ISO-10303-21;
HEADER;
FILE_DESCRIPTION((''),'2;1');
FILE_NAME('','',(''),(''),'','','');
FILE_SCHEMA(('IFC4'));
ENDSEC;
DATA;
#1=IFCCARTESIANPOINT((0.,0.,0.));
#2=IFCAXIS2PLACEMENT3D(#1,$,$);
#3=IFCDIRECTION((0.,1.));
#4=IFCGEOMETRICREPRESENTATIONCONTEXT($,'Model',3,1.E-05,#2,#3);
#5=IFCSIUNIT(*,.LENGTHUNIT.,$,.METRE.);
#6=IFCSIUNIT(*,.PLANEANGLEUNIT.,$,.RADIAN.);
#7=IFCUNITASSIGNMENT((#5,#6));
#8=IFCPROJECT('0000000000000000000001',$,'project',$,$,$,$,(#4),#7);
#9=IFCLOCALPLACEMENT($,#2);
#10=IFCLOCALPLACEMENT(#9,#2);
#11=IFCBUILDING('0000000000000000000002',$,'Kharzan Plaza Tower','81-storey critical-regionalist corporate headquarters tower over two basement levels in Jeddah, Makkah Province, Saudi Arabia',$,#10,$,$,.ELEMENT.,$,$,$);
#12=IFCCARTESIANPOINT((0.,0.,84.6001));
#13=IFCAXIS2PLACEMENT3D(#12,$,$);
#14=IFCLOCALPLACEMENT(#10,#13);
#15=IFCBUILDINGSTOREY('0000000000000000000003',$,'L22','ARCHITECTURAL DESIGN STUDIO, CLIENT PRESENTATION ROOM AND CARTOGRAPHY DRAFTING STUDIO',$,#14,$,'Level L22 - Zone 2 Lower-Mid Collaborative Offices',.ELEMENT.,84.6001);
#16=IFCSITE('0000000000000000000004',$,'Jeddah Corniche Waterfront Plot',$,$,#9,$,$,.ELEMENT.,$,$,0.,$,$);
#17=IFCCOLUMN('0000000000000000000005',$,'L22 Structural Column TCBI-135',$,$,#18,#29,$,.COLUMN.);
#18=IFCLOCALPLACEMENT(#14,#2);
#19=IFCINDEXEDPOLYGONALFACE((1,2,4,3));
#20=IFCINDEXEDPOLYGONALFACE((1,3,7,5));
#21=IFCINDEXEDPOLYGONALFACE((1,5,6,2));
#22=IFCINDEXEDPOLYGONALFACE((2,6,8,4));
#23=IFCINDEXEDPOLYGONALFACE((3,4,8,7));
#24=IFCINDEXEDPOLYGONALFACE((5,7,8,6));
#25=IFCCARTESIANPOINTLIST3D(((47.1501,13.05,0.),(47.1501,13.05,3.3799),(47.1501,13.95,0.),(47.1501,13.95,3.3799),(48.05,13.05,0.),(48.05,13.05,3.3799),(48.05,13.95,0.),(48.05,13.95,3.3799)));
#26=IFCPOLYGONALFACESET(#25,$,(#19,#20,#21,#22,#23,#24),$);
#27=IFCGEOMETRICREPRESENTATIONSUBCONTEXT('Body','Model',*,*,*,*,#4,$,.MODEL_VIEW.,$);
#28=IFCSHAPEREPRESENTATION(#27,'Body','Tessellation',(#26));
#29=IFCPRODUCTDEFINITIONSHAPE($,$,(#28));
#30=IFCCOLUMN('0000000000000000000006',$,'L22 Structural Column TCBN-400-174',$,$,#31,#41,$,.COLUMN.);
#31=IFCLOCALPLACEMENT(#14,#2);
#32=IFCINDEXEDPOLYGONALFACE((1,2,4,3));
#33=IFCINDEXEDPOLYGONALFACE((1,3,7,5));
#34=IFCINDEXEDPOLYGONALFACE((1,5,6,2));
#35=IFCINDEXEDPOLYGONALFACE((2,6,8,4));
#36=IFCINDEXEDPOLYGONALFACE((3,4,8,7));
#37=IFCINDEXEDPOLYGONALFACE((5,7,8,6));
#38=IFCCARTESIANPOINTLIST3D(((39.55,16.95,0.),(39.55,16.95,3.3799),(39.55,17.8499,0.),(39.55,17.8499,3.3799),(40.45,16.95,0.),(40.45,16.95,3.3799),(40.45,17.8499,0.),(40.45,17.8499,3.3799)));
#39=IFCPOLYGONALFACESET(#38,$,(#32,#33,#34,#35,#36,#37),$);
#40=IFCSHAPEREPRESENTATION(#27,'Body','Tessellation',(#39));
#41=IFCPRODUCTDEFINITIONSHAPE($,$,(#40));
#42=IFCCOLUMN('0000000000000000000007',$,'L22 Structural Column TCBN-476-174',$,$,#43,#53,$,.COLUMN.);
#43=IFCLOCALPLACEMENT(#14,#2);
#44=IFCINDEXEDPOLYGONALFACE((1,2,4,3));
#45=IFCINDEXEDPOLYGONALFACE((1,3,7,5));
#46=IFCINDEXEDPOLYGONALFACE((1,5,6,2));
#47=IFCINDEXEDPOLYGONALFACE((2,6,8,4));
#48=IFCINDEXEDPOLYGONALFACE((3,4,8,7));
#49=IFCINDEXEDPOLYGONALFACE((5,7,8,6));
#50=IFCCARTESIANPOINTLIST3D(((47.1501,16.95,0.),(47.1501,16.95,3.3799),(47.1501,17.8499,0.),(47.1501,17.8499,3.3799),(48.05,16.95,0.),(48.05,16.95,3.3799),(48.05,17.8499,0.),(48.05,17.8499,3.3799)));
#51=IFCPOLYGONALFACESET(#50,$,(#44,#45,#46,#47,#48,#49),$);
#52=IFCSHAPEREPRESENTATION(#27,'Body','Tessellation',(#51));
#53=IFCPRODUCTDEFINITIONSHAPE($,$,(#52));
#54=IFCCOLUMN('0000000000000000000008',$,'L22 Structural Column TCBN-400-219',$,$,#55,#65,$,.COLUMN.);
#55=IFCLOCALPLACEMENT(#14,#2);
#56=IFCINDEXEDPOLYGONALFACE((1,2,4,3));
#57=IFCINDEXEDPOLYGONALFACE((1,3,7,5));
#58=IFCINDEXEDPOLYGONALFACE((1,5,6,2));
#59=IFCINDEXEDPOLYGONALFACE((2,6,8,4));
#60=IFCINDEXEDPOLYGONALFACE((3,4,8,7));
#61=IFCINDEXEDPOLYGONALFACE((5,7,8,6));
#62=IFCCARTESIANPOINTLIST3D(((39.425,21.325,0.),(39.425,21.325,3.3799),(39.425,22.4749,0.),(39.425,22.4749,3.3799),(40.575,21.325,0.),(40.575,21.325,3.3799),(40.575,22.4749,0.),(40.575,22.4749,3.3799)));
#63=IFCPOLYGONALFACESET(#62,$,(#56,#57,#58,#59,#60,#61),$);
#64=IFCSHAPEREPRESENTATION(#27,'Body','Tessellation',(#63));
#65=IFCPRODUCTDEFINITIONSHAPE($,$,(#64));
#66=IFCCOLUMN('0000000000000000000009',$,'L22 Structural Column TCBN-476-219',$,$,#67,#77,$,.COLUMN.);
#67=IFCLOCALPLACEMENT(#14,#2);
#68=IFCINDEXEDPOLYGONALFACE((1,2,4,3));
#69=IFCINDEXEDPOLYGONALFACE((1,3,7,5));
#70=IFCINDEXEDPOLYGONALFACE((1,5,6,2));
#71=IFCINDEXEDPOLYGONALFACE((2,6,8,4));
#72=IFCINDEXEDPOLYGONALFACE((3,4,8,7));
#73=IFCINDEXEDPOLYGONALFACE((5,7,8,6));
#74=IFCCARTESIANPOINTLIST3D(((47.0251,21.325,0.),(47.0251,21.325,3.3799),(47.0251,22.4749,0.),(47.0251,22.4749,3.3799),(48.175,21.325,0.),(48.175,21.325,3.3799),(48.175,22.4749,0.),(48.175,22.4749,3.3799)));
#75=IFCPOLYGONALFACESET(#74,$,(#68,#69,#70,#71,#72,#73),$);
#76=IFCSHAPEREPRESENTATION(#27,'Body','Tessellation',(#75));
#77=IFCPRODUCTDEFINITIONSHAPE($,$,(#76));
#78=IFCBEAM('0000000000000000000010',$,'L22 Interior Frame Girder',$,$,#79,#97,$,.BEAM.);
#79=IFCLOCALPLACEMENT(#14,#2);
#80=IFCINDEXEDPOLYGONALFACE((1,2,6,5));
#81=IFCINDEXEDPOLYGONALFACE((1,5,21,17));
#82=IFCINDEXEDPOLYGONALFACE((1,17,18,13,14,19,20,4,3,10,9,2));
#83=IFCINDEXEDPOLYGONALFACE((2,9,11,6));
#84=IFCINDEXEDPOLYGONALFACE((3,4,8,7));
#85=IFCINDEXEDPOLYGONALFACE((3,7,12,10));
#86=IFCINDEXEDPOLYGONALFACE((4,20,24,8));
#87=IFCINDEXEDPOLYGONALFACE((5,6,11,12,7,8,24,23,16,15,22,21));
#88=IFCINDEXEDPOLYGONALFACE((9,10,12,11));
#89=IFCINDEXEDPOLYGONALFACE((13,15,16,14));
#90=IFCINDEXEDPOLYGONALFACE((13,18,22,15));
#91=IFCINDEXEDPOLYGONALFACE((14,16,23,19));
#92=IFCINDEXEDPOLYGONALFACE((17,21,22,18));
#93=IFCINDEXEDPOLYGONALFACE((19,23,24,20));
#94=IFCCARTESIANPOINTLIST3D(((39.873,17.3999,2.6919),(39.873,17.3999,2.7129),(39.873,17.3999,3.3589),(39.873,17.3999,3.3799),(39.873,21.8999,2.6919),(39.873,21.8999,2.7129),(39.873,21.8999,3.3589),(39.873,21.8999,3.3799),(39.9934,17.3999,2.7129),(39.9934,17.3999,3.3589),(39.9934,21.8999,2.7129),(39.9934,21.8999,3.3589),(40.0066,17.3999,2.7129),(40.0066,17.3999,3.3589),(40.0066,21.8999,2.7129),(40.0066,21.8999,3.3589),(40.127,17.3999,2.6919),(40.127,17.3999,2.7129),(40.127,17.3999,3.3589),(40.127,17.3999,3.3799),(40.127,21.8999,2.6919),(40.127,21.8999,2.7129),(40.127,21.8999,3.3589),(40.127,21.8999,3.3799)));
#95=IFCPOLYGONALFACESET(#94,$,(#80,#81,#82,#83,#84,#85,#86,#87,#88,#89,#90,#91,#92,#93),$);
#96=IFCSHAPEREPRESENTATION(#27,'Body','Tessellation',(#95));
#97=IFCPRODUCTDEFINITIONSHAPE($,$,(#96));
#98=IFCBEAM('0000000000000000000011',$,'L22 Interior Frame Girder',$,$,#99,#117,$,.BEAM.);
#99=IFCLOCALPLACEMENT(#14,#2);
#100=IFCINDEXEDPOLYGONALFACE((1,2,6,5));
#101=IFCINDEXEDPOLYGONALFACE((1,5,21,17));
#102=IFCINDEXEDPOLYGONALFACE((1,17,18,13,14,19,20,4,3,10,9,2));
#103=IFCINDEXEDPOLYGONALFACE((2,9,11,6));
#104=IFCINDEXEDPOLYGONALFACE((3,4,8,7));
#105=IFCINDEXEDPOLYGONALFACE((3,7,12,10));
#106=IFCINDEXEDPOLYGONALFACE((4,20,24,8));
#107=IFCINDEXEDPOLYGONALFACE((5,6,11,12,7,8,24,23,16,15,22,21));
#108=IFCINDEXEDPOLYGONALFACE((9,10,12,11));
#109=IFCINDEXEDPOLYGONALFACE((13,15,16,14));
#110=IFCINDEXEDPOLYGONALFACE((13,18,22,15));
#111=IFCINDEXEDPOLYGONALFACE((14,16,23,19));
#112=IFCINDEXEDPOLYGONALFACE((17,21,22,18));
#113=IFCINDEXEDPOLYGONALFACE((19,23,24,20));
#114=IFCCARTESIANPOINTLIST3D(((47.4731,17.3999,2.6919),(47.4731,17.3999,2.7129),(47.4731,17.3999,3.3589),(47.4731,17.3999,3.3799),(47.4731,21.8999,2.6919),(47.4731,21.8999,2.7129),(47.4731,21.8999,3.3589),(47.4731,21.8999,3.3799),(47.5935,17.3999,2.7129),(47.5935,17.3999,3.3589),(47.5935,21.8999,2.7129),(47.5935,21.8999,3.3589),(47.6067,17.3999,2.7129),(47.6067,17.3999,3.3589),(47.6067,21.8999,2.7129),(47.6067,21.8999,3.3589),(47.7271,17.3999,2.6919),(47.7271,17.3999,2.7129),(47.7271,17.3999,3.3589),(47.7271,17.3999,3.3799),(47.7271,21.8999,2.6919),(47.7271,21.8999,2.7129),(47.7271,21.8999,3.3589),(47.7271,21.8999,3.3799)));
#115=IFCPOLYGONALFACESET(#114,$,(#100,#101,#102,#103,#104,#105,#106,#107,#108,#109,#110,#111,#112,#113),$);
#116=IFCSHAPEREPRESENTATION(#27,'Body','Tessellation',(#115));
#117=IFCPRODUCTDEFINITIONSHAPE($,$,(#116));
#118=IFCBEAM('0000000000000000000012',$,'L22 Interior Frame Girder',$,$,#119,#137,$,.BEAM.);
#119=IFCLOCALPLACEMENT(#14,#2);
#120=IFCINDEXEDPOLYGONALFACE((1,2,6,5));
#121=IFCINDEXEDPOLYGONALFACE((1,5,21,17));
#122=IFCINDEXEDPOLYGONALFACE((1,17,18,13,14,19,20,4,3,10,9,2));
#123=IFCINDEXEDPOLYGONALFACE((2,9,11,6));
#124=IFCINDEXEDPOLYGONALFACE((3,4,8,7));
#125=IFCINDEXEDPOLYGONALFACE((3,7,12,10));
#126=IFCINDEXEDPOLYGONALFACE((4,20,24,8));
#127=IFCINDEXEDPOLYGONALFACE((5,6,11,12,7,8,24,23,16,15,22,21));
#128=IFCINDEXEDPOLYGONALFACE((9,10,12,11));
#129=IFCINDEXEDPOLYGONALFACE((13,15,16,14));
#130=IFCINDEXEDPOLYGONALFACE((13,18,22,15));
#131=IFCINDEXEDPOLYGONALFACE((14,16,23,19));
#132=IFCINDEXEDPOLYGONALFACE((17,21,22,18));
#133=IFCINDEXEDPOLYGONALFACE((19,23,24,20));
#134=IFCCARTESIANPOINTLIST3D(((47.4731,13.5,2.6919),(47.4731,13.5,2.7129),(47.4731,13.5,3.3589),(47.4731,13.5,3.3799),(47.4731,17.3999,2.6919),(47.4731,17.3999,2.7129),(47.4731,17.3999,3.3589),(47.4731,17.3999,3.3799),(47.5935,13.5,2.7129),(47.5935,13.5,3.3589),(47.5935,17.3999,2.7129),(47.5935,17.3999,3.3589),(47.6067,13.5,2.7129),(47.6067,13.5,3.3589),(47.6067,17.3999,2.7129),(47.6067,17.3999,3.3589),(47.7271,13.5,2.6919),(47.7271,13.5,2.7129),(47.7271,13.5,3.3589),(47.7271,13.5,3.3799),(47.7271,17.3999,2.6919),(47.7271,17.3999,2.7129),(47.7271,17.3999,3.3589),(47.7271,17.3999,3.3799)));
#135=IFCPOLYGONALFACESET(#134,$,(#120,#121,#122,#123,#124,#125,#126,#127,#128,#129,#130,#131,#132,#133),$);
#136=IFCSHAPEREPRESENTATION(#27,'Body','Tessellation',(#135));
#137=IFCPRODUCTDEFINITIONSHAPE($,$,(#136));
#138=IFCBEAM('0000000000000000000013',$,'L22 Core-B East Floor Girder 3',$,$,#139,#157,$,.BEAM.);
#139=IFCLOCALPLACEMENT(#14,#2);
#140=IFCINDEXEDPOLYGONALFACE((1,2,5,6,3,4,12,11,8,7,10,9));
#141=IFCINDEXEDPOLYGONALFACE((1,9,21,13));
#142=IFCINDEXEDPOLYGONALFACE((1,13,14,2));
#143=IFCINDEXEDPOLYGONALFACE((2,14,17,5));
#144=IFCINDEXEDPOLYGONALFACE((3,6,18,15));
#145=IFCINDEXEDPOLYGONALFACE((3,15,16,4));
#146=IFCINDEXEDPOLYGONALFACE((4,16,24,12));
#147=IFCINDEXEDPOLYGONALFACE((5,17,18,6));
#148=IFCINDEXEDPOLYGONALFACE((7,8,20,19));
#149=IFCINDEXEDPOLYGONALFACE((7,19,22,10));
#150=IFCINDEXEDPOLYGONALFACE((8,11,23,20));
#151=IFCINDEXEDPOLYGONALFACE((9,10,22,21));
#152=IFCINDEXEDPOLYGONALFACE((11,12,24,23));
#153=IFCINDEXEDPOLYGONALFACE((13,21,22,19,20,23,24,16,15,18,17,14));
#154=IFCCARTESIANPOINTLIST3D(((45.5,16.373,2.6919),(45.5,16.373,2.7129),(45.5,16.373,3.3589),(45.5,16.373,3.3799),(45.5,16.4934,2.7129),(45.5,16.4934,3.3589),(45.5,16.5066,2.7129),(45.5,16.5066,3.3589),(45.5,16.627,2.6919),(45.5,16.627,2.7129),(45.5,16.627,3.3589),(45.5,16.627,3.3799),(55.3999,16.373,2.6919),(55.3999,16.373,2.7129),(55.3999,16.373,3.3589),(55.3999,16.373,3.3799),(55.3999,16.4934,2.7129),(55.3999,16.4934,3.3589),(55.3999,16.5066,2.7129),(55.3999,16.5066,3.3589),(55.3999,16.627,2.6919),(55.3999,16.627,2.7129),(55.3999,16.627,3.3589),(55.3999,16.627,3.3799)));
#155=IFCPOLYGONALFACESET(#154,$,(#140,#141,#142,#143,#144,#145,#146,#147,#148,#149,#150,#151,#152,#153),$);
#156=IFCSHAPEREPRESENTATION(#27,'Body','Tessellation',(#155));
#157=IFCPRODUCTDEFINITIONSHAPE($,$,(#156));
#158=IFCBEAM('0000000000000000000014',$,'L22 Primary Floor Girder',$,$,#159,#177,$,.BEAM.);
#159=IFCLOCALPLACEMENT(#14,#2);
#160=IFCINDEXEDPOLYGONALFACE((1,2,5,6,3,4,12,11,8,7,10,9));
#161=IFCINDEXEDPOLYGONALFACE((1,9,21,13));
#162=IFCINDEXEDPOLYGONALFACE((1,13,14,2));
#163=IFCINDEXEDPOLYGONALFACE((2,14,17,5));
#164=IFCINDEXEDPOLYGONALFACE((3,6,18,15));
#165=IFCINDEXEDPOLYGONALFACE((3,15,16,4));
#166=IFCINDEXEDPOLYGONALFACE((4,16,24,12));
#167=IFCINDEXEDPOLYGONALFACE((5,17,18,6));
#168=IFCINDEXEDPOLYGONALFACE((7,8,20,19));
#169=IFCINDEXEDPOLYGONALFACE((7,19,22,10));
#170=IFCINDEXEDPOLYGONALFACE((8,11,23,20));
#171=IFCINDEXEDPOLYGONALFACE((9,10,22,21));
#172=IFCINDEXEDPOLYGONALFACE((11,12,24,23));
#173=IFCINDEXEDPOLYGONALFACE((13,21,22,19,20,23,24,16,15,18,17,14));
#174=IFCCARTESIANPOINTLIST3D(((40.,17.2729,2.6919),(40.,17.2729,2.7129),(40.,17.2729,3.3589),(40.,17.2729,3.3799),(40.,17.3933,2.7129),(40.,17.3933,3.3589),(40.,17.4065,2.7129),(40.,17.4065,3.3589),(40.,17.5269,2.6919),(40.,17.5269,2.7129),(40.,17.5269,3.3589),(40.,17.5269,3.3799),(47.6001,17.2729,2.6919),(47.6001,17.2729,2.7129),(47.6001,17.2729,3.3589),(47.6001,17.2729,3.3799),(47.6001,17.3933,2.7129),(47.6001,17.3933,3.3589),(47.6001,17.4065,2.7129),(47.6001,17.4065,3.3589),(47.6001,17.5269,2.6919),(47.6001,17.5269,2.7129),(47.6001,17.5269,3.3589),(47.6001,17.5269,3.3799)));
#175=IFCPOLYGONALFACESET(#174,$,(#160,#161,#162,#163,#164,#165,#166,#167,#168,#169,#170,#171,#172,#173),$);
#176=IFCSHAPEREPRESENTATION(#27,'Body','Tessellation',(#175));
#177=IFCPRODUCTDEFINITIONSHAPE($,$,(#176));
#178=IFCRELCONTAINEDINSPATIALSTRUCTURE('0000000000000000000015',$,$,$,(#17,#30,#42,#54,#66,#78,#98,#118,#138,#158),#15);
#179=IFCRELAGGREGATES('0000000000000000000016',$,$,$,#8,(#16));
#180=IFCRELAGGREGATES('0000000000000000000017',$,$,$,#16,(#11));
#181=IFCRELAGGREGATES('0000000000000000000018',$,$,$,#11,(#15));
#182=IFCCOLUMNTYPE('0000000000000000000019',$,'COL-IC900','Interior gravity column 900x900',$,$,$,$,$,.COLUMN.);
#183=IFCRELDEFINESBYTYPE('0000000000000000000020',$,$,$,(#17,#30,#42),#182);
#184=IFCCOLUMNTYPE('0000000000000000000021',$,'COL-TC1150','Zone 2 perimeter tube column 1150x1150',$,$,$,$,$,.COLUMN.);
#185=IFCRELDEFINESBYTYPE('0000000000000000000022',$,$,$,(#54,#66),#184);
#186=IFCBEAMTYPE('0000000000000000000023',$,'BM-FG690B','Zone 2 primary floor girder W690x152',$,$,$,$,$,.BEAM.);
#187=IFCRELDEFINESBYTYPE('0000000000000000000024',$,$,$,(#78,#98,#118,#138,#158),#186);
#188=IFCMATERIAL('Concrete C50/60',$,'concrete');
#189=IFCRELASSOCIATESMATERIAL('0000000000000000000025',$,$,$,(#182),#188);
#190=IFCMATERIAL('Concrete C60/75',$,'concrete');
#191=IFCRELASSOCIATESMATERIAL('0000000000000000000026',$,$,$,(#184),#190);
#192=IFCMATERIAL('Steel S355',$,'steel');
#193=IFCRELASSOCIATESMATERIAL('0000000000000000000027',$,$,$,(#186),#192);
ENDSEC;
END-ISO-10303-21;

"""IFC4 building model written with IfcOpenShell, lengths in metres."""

from ifc_helpers import new_model, si_unit, direction, frame, origin, origin_2d, place, context, subcontext, project, spatial, rectangle, i_section, extrude, source, transform, mapped, material, material_profile, profile_set, type_object, element, save


model = new_model("IFC4")

# Units and contexts
model_context = context("Model", 3, precision=1e-05, world=origin(), true_north=direction((0.0, 1.0)))
body_context = subcontext(model_context, "Body", "Model", "MODEL_VIEW")
ifc_project = project(units=[si_unit("LENGTHUNIT", "METRE"), si_unit("PLANEANGLEUNIT", "RADIAN")], contexts=[model_context])

# Site, building, storey
site_placement = place(None, origin())
site = spatial("IfcSite", under=ifc_project, at=site_placement, Name="Jeddah Corniche Waterfront Plot", CompositionType="ELEMENT", RefElevation=0.0)
building_placement = place(site_placement, origin())
building = spatial("IfcBuilding", under=site, at=building_placement, Name="Kharzan Plaza Tower", Description="81-storey critical-regionalist corporate headquarters tower over two basement levels in Jeddah, Makkah Province, Saudi Arabia", CompositionType="ELEMENT")
storey_placement = place(building_placement, frame((0.0, 0.0, 84.6001)))
storey = spatial("IfcBuildingStorey", under=building, at=storey_placement, Name="L22", Description="ARCHITECTURAL DESIGN STUDIO, CLIENT PRESENTATION ROOM AND CARTOGRAPHY DRAFTING STUDIO", LongName="Level L22 - Zone 2 Lower-Mid Collaborative Offices", CompositionType="ELEMENT", Elevation=84.6001)

# Columns
ifc_material_1 = material(Name="Concrete C50/60", Category="concrete")
ifc_material_profile_1 = material_profile(ifc_material_1, rectangle(XDim=0.8999, YDim=0.8999, at=origin_2d()), Name="RC-IC900x900")
ifc_profile_set_1 = profile_set([ifc_material_profile_1], Name="Concrete C50/60")
column_type_1 = type_object("IfcColumnType", Name="COL-IC900", Description="Interior gravity column 900x900", PredefinedType="COLUMN", material=ifc_profile_set_1)
shared_shape_1 = source(origin(), body_context, "Body", "SweptSolid", [
    extrude(rectangle(XDim=0.8999, YDim=0.8999, at=origin_2d()), origin(), (0.0, 0.0, 1.0), 3.3799),
])
for number, where, z_axis, x_axis, name in (
    (1, (47.6001, 13.5, 0.0), (0.0, 0.0, 1.0), (1.0, 0.0, 0.0), "L22 Structural Column TCBI-135"),
    (2, (40.0, 17.3999, 0.0), (0.0, 0.0, 1.0), (1.0, 0.0, 0.0), "L22 Structural Column TCBN-400-174"),
    (3, (47.6001, 17.3999, 0.0), (0.0, 0.0, 1.0), (1.0, 0.0, 0.0), "L22 Structural Column TCBN-476-174"),
):
    element("IfcColumn", number, at=place(storey_placement, frame(where, z_axis=z_axis, x_axis=x_axis)), inside=storey, type_object=column_type_1, Name=name, PredefinedType="COLUMN", context=body_context, shape_type="MappedRepresentation", body=[
        mapped(shared_shape_1, transform((0.0, 0.0, 0.0), x_axis=(1.0, 0.0, 0.0), y_axis=(0.0, 1.0, 0.0), z_axis=(0.0, 0.0, 1.0))),
    ])
ifc_material_2 = material(Name="Concrete C60/75", Category="concrete")
ifc_material_profile_2 = material_profile(ifc_material_2, rectangle(XDim=1.1499, YDim=1.1499, at=origin_2d()), Name="RC-TC1150x1150")
ifc_profile_set_2 = profile_set([ifc_material_profile_2], Name="Concrete C60/75")
column_type_2 = type_object("IfcColumnType", Name="COL-TC1150", Description="Zone 2 perimeter tube column 1150x1150", PredefinedType="COLUMN", material=ifc_profile_set_2)
shared_shape_2 = source(origin(), body_context, "Body", "SweptSolid", [
    extrude(rectangle(XDim=1.1499, YDim=1.1499, at=origin_2d()), origin(), (0.0, 0.0, 1.0), 3.3799),
])
for number, where, z_axis, x_axis, name in (
    (4, (40.0, 21.8999, 0.0), (0.0, 0.0, 1.0), (1.0, 0.0, 0.0), "L22 Structural Column TCBN-400-219"),
    (5, (47.6001, 21.8999, 0.0), (0.0, 0.0, 1.0), (1.0, 0.0, 0.0), "L22 Structural Column TCBN-476-219"),
):
    element("IfcColumn", number, at=place(storey_placement, frame(where, z_axis=z_axis, x_axis=x_axis)), inside=storey, type_object=column_type_2, Name=name, PredefinedType="COLUMN", context=body_context, shape_type="MappedRepresentation", body=[
        mapped(shared_shape_2, transform((0.0, 0.0, 0.0), x_axis=(1.0, 0.0, 0.0), y_axis=(0.0, 1.0, 0.0), z_axis=(0.0, 0.0, 1.0))),
    ])

# Beams
ifc_material_3 = material(Name="Steel S355", Category="steel")
ifc_material_profile_3 = material_profile(ifc_material_3, i_section(OverallWidth=0.2539, OverallDepth=0.688, WebThickness=0.0132, FlangeThickness=0.021, at=origin_2d()), Name="W690x152")
ifc_profile_set_3 = profile_set([ifc_material_profile_3], Name="Steel S355")
beam_type_1 = type_object("IfcBeamType", Name="BM-FG690B", Description="Zone 2 primary floor girder W690x152", PredefinedType="BEAM", material=ifc_profile_set_3)
shared_shape_3 = source(origin(), body_context, "Body", "SweptSolid", [
    extrude(i_section(OverallWidth=0.2539, OverallDepth=0.688, WebThickness=0.0132, FlangeThickness=0.021, at=origin_2d()), origin(), (0.0, 0.0, 1.0), 4.5),
])
for number, where, z_axis, x_axis, name in (
    (6, (40.0, 17.3999, 3.0359), (0.0, 1.0, 0.0), (-1.0, 0.0, 0.0), "L22 Interior Frame Girder"),
    (7, (47.6001, 17.3999, 3.0359), (0.0, 1.0, 0.0), (-1.0, 0.0, 0.0), "L22 Interior Frame Girder"),
):
    element("IfcBeam", number, at=place(storey_placement, frame(where, z_axis=z_axis, x_axis=x_axis)), inside=storey, type_object=beam_type_1, Name=name, PredefinedType="BEAM", context=body_context, shape_type="MappedRepresentation", body=[
        mapped(shared_shape_3, transform((0.0, 0.0, 0.0), x_axis=(1.0, 0.0, 0.0), y_axis=(0.0, 1.0, 0.0), z_axis=(0.0, 0.0, 1.0))),
    ])
shared_shape_4 = source(origin(), body_context, "Body", "SweptSolid", [
    extrude(i_section(OverallWidth=0.2539, OverallDepth=0.688, WebThickness=0.0132, FlangeThickness=0.021, at=origin_2d()), origin(), (0.0, 0.0, 1.0), 3.8999),
])
beam_1_placement = place(storey_placement, frame((47.6001, 13.5, 3.0359), z_axis=(0.0, 1.0, 0.0), x_axis=(-1.0, 0.0, 0.0)))
element("IfcBeam", 8, at=beam_1_placement, inside=storey, type_object=beam_type_1, Name="L22 Interior Frame Girder", PredefinedType="BEAM", context=body_context, shape_type="MappedRepresentation", body=[
    mapped(shared_shape_4, transform((0.0, 0.0, 0.0), x_axis=(1.0, 0.0, 0.0), y_axis=(0.0, 1.0, 0.0), z_axis=(0.0, 0.0, 1.0))),
])
shared_shape_5 = source(origin(), body_context, "Body", "SweptSolid", [
    extrude(i_section(OverallWidth=0.2539, OverallDepth=0.688, WebThickness=0.0132, FlangeThickness=0.021, at=origin_2d()), origin(), (0.0, 0.0, 1.0), 9.8999),
])
beam_2_placement = place(storey_placement, frame((45.5, 16.5, 3.0359), z_axis=(1.0, 0.0, 0.0), x_axis=(0.0, 1.0, 0.0)))
element("IfcBeam", 9, at=beam_2_placement, inside=storey, type_object=beam_type_1, Name="L22 Core-B East Floor Girder 3", PredefinedType="BEAM", context=body_context, shape_type="MappedRepresentation", body=[
    mapped(shared_shape_5, transform((0.0, 0.0, 0.0), x_axis=(1.0, 0.0, 0.0), y_axis=(0.0, 1.0, 0.0), z_axis=(0.0, 0.0, 1.0))),
])
shared_shape_6 = source(origin(), body_context, "Body", "SweptSolid", [
    extrude(i_section(OverallWidth=0.2539, OverallDepth=0.688, WebThickness=0.0132, FlangeThickness=0.021, at=origin_2d()), origin(), (0.0, 0.0, 1.0), 7.6001),
])
beam_3_placement = place(storey_placement, frame((40.0, 17.3999, 3.0359), z_axis=(1.0, 0.0, 0.0), x_axis=(0.0, 1.0, 0.0)))
element("IfcBeam", 10, at=beam_3_placement, inside=storey, type_object=beam_type_1, Name="L22 Primary Floor Girder", PredefinedType="BEAM", context=body_context, shape_type="MappedRepresentation", body=[
    mapped(shared_shape_6, transform((0.0, 0.0, 0.0), x_axis=(1.0, 0.0, 0.0), y_axis=(0.0, 1.0, 0.0), z_axis=(0.0, 0.0, 1.0))),
])

save(model, "model.ifc")
